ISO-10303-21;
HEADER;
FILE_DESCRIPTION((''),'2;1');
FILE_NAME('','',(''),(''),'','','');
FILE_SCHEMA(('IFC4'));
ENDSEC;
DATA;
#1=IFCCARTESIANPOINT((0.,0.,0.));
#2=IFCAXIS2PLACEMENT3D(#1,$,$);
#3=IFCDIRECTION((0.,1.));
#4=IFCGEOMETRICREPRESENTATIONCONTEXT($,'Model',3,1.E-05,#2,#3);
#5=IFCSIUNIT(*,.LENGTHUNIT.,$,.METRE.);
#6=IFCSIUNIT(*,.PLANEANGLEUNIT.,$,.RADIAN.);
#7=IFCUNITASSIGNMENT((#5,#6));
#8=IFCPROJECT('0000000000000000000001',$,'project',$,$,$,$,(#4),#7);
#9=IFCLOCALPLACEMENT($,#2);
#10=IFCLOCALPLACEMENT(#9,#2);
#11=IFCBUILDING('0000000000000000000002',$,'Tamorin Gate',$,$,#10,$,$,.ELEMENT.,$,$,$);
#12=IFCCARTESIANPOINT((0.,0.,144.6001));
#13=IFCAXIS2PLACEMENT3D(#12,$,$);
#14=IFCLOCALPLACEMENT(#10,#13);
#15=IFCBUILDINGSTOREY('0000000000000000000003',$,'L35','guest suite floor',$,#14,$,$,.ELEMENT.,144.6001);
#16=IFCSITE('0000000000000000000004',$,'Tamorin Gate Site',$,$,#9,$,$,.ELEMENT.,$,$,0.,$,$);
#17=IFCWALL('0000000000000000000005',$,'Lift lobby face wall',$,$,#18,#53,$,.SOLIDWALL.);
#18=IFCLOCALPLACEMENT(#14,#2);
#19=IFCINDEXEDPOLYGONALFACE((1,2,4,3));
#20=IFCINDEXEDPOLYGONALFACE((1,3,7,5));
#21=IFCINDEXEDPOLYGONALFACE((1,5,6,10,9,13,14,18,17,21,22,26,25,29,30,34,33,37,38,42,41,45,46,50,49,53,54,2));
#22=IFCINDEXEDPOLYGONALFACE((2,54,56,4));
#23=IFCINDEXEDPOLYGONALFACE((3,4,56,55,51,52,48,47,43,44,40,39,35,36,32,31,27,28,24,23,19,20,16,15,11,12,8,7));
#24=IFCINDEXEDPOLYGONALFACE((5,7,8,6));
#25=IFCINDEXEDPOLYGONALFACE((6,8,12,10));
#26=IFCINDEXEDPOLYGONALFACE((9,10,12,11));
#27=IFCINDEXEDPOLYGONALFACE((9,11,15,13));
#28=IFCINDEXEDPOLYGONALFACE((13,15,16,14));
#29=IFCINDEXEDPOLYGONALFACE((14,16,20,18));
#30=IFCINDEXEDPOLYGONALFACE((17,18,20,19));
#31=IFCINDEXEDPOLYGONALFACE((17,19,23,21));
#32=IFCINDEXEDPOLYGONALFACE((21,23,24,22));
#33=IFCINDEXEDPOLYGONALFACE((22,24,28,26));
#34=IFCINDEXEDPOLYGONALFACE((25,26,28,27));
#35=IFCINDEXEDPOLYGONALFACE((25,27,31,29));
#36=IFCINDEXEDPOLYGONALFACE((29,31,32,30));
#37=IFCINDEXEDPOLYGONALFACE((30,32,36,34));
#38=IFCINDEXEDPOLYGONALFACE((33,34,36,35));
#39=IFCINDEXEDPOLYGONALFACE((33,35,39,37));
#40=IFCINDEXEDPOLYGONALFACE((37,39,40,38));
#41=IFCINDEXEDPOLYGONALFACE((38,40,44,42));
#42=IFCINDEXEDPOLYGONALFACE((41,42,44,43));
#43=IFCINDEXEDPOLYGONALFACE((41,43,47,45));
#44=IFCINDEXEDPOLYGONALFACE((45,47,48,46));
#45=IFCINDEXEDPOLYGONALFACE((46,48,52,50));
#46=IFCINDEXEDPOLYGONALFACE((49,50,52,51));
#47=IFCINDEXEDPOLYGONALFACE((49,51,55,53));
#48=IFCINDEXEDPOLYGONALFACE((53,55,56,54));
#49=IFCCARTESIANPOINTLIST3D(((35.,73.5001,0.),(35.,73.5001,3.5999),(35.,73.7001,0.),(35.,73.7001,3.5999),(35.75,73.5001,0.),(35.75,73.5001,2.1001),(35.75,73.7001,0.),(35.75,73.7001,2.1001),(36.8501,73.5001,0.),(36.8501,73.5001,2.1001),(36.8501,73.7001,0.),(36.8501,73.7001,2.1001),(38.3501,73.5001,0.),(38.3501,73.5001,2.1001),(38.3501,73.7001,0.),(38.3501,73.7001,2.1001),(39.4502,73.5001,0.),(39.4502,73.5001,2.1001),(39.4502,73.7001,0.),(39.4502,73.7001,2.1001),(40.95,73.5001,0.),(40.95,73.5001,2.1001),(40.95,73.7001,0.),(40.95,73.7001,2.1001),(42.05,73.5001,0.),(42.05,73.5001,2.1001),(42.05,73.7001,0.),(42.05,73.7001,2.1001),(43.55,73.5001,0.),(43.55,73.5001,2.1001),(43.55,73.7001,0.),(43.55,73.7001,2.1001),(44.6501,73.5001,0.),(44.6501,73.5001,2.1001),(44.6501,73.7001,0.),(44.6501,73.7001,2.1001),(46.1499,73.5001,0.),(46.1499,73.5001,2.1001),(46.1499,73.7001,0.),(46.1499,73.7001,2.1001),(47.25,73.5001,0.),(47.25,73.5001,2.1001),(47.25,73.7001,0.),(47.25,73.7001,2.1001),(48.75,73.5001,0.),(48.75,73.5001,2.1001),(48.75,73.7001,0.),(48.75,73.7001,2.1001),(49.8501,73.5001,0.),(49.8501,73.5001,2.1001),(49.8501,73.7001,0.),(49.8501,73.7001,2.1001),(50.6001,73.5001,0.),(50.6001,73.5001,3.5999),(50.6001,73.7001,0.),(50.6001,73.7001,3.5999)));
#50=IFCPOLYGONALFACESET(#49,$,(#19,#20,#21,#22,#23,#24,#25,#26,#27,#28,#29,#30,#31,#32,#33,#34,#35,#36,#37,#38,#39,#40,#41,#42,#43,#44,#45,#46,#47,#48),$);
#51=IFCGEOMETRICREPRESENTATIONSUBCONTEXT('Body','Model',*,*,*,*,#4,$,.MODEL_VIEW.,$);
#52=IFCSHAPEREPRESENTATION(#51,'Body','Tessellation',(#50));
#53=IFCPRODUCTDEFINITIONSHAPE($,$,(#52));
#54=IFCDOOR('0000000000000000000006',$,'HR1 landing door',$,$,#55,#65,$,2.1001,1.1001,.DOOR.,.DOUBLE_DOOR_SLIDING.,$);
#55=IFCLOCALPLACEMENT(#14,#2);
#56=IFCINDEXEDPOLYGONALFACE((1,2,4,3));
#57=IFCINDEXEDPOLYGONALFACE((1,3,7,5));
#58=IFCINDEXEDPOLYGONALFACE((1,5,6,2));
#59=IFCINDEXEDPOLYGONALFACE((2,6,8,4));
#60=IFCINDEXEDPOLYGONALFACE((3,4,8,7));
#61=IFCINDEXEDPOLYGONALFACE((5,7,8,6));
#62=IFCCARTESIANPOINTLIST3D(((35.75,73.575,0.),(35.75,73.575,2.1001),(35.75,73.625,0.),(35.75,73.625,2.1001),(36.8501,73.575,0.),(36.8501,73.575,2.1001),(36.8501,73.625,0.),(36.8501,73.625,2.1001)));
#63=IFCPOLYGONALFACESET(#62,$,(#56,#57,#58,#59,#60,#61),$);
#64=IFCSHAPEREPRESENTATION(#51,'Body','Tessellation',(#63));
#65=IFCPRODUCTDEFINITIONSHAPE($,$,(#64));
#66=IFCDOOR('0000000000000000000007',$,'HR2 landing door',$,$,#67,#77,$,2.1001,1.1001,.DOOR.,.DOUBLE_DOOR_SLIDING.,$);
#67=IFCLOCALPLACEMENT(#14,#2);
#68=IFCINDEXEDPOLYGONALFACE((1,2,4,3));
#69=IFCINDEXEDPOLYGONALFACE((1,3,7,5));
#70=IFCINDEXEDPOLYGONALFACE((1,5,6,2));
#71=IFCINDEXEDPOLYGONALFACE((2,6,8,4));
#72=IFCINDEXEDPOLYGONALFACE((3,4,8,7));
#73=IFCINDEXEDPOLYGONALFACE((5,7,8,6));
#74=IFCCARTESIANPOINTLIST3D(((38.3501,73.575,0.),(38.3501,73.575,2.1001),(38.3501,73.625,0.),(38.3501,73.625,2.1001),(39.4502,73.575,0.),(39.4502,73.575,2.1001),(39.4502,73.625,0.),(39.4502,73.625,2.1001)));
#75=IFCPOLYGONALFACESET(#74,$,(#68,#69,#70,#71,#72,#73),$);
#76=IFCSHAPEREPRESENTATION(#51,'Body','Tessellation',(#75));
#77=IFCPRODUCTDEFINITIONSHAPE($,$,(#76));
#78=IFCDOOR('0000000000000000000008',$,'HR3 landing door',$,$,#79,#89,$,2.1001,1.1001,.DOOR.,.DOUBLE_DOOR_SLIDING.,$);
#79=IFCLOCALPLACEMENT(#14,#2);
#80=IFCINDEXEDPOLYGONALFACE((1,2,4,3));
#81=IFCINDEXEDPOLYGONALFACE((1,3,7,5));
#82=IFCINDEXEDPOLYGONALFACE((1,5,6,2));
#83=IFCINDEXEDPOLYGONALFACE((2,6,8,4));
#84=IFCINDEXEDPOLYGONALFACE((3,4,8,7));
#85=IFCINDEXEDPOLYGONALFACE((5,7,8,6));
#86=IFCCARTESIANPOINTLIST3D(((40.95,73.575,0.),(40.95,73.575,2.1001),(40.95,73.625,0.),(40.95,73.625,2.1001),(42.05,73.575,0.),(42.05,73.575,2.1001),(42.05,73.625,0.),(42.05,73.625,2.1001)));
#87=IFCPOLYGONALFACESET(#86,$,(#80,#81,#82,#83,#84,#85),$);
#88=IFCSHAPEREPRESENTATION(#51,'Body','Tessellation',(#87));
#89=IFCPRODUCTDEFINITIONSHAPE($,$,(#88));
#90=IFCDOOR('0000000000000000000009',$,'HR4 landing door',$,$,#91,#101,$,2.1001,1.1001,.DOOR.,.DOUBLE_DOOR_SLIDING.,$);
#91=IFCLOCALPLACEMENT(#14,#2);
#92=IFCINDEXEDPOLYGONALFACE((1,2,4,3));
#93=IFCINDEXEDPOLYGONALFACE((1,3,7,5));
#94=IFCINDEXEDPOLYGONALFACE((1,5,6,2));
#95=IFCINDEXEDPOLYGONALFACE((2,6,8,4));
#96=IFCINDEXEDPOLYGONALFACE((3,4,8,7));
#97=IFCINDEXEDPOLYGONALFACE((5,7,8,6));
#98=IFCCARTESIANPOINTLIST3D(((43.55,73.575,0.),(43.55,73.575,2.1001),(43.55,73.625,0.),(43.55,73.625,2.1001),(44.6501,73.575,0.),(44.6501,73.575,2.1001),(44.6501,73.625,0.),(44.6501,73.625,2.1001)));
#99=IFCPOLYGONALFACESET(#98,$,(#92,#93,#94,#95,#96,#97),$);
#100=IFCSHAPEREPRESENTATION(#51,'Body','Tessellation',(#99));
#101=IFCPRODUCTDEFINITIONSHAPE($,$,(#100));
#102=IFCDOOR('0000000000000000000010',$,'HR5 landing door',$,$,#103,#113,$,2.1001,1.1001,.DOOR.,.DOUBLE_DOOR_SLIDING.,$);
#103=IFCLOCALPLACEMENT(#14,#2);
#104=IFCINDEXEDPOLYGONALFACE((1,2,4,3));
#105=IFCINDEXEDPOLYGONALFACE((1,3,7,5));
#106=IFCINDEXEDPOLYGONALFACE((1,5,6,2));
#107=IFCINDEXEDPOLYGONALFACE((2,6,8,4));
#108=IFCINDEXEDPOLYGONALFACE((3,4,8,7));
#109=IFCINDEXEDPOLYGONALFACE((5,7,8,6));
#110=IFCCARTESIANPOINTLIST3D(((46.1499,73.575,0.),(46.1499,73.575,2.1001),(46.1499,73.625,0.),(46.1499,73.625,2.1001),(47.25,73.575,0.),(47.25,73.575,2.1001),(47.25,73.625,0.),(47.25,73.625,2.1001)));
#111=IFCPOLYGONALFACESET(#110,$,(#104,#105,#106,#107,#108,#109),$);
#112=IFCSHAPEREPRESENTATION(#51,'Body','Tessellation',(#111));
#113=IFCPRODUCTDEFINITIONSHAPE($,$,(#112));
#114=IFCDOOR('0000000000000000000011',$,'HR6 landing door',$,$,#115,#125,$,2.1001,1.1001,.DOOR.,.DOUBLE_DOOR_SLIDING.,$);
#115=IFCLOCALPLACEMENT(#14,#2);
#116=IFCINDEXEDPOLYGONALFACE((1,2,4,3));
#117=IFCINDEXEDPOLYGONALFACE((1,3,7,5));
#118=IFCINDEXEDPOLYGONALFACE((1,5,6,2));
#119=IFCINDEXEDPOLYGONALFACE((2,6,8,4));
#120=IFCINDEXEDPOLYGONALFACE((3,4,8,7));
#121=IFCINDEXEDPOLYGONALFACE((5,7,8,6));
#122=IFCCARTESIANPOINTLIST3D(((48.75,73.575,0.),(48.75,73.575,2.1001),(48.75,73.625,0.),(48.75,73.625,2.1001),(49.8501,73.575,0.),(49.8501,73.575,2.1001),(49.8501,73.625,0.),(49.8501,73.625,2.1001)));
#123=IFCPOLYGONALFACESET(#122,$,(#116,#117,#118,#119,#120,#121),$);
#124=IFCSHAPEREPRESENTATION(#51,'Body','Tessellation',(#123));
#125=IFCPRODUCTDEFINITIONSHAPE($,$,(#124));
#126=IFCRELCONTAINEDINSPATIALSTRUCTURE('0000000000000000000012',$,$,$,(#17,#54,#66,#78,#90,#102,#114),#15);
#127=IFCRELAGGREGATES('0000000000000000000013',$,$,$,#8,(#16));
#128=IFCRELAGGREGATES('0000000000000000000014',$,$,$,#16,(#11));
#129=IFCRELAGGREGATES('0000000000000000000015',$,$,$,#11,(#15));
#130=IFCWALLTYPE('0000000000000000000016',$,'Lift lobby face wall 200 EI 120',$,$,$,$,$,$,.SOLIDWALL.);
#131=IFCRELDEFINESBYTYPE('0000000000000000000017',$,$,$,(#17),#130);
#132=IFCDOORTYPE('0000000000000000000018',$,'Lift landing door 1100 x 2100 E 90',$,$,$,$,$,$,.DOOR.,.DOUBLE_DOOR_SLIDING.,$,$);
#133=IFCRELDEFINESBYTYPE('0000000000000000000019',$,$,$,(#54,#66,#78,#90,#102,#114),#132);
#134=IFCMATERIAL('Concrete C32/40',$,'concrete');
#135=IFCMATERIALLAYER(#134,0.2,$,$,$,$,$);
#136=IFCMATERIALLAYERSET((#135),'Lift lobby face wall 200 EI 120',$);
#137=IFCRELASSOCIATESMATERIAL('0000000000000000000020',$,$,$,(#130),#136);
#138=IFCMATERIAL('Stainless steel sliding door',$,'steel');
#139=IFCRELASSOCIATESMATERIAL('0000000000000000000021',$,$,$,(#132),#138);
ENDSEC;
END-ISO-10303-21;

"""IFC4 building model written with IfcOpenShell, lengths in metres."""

from ifc_helpers import new_model, si_unit, direction, frame, frame_2d, origin, place, context, subcontext, project, spatial, rectangle, extrude, material, layer, layer_set, type_object, element, fill, save


model = new_model("IFC4")

# Units and contexts
model_context = context("Model", 3, precision=1e-05, world=origin(), true_north=direction((0.0, 1.0)))
body_context = subcontext(model_context, "Body", "Model", "MODEL_VIEW")
ifc_project = project(units=[si_unit("LENGTHUNIT", "METRE"), si_unit("PLANEANGLEUNIT", "RADIAN")], contexts=[model_context])

# Site, building, storey
site_placement = place(None, origin())
site = spatial("IfcSite", under=ifc_project, at=site_placement, Name="Tamorin Gate Site", CompositionType="ELEMENT", RefElevation=0.0)
building_placement = place(site_placement, origin())
building = spatial("IfcBuilding", under=site, at=building_placement, Name="Tamorin Gate", CompositionType="ELEMENT")
storey_placement = place(building_placement, frame((0.0, 0.0, 144.6001)))
storey = spatial("IfcBuildingStorey", under=building, at=storey_placement, Name="L35", Description="guest suite floor", CompositionType="ELEMENT", Elevation=144.6001)

# Wall, openings, doors
ifc_material_1 = material(Name="Concrete C32/40", Category="concrete")
ifc_layer_1 = layer(ifc_material_1, 0.2)
ifc_layer_set_1 = layer_set([ifc_layer_1], Name="Lift lobby face wall 200 EI 120")
wall_type_1 = type_object("IfcWallType", Name="Lift lobby face wall 200 EI 120", PredefinedType="SOLIDWALL", material=ifc_layer_set_1)
wall_1_placement = place(storey_placement, frame((35.0, 73.6001, 0.0), z_axis=(0.0, 0.0, 1.0), x_axis=(1.0, 0.0, 0.0)))
wall_1 = element("IfcWall", 1, at=wall_1_placement, inside=storey, type_object=wall_type_1, Name="Lift lobby face wall", PredefinedType="SOLIDWALL", context=body_context, shape_type="SweptSolid", body=[
    extrude(rectangle(XDim=15.6001, YDim=0.2, at=frame_2d((7.8, 0.0))), origin(), (0.0, 0.0, 1.0), 3.5999),
])
opening_1_placement = place(wall_1_placement, frame((0.75, 0.0, 0.0)))
opening_1 = element("IfcOpeningElement", 2, at=opening_1_placement, cuts=wall_1, PredefinedType="OPENING", context=body_context, shape_type="SweptSolid", body=[
    extrude(rectangle(XDim=1.1001, YDim=2.1001, at=frame_2d((0.55, 1.05))), frame((0.0, 0.1099, 0.0), z_axis=(0.0, -1.0, 0.0), x_axis=(1.0, 0.0, 0.0)), (0.0, 0.0, 1.0), 0.22),
])
opening_2_placement = place(wall_1_placement, frame((3.3501, 0.0, 0.0)))
opening_2 = element("IfcOpeningElement", 3, at=opening_2_placement, cuts=wall_1, PredefinedType="OPENING", context=body_context, shape_type="SweptSolid", body=[
    extrude(rectangle(XDim=1.1001, YDim=2.1001, at=frame_2d((0.55, 1.05))), frame((0.0, 0.1099, 0.0), z_axis=(0.0, -1.0, 0.0), x_axis=(1.0, 0.0, 0.0)), (0.0, 0.0, 1.0), 0.22),
])
opening_3_placement = place(wall_1_placement, frame((5.95, 0.0, 0.0)))
opening_3 = element("IfcOpeningElement", 4, at=opening_3_placement, cuts=wall_1, PredefinedType="OPENING", context=body_context, shape_type="SweptSolid", body=[
    extrude(rectangle(XDim=1.1001, YDim=2.1001, at=frame_2d((0.55, 1.05))), frame((0.0, 0.1099, 0.0), z_axis=(0.0, -1.0, 0.0), x_axis=(1.0, 0.0, 0.0)), (0.0, 0.0, 1.0), 0.22),
])
opening_4_placement = place(wall_1_placement, frame((8.55, 0.0, 0.0)))
opening_4 = element("IfcOpeningElement", 5, at=opening_4_placement, cuts=wall_1, PredefinedType="OPENING", context=body_context, shape_type="SweptSolid", body=[
    extrude(rectangle(XDim=1.1001, YDim=2.1001, at=frame_2d((0.55, 1.05))), frame((0.0, 0.1099, 0.0), z_axis=(0.0, -1.0, 0.0), x_axis=(1.0, 0.0, 0.0)), (0.0, 0.0, 1.0), 0.22),
])
opening_5_placement = place(wall_1_placement, frame((11.1499, 0.0, 0.0)))
opening_5 = element("IfcOpeningElement", 6, at=opening_5_placement, cuts=wall_1, PredefinedType="OPENING", context=body_context, shape_type="SweptSolid", body=[
    extrude(rectangle(XDim=1.1001, YDim=2.1001, at=frame_2d((0.55, 1.05))), frame((0.0, 0.1099, 0.0), z_axis=(0.0, -1.0, 0.0), x_axis=(1.0, 0.0, 0.0)), (0.0, 0.0, 1.0), 0.22),
])
opening_6_placement = place(wall_1_placement, frame((13.75, 0.0, 0.0)))
opening_6 = element("IfcOpeningElement", 7, at=opening_6_placement, cuts=wall_1, PredefinedType="OPENING", context=body_context, shape_type="SweptSolid", body=[
    extrude(rectangle(XDim=1.1001, YDim=2.1001, at=frame_2d((0.55, 1.05))), frame((0.0, 0.1099, 0.0), z_axis=(0.0, -1.0, 0.0), x_axis=(1.0, 0.0, 0.0)), (0.0, 0.0, 1.0), 0.22),
])
ifc_material_2 = material(Name="Stainless steel sliding door", Category="steel")
door_type_1 = type_object("IfcDoorType", Name="Lift landing door 1100 x 2100 E 90", OperationType="DOUBLE_DOOR_SLIDING", PredefinedType="DOOR", material=ifc_material_2)
door_1_placement = place(opening_1_placement, origin())
door_1 = element("IfcDoor", 8, at=door_1_placement, inside=storey, type_object=door_type_1, Name="HR1 landing door", OperationType="DOUBLE_DOOR_SLIDING", OverallHeight=2.1001, OverallWidth=1.1001, PredefinedType="DOOR", context=body_context, shape_type="SweptSolid", body=[
    extrude(rectangle(XDim=1.1001, YDim=2.1001, at=frame_2d((0.55, 1.05))), frame((0.0, 0.0249, 0.0), z_axis=(0.0, -1.0, 0.0), x_axis=(1.0, 0.0, 0.0)), (0.0, 0.0, 1.0), 0.05),
])
fill(opening_1, door_1)
door_2_placement = place(opening_2_placement, origin())
door_2 = element("IfcDoor", 9, at=door_2_placement, inside=storey, type_object=door_type_1, Name="HR2 landing door", OperationType="DOUBLE_DOOR_SLIDING", OverallHeight=2.1001, OverallWidth=1.1001, PredefinedType="DOOR", context=body_context, shape_type="SweptSolid", body=[
    extrude(rectangle(XDim=1.1001, YDim=2.1001, at=frame_2d((0.55, 1.05))), frame((0.0, 0.0249, 0.0), z_axis=(0.0, -1.0, 0.0), x_axis=(1.0, 0.0, 0.0)), (0.0, 0.0, 1.0), 0.05),
])
fill(opening_2, door_2)
door_3_placement = place(opening_3_placement, origin())
door_3 = element("IfcDoor", 10, at=door_3_placement, inside=storey, type_object=door_type_1, Name="HR3 landing door", OperationType="DOUBLE_DOOR_SLIDING", OverallHeight=2.1001, OverallWidth=1.1001, PredefinedType="DOOR", context=body_context, shape_type="SweptSolid", body=[
    extrude(rectangle(XDim=1.1001, YDim=2.1001, at=frame_2d((0.55, 1.05))), frame((0.0, 0.0249, 0.0), z_axis=(0.0, -1.0, 0.0), x_axis=(1.0, 0.0, 0.0)), (0.0, 0.0, 1.0), 0.05),
])
fill(opening_3, door_3)
door_4_placement = place(opening_4_placement, origin())
door_4 = element("IfcDoor", 11, at=door_4_placement, inside=storey, type_object=door_type_1, Name="HR4 landing door", OperationType="DOUBLE_DOOR_SLIDING", OverallHeight=2.1001, OverallWidth=1.1001, PredefinedType="DOOR", context=body_context, shape_type="SweptSolid", body=[
    extrude(rectangle(XDim=1.1001, YDim=2.1001, at=frame_2d((0.55, 1.05))), frame((0.0, 0.0249, 0.0), z_axis=(0.0, -1.0, 0.0), x_axis=(1.0, 0.0, 0.0)), (0.0, 0.0, 1.0), 0.05),
])
fill(opening_4, door_4)
door_5_placement = place(opening_5_placement, origin())
door_5 = element("IfcDoor", 12, at=door_5_placement, inside=storey, type_object=door_type_1, Name="HR5 landing door", OperationType="DOUBLE_DOOR_SLIDING", OverallHeight=2.1001, OverallWidth=1.1001, PredefinedType="DOOR", context=body_context, shape_type="SweptSolid", body=[
    extrude(rectangle(XDim=1.1001, YDim=2.1001, at=frame_2d((0.55, 1.05))), frame((0.0, 0.0249, 0.0), z_axis=(0.0, -1.0, 0.0), x_axis=(1.0, 0.0, 0.0)), (0.0, 0.0, 1.0), 0.05),
])
fill(opening_5, door_5)
door_6_placement = place(opening_6_placement, origin())
door_6 = element("IfcDoor", 13, at=door_6_placement, inside=storey, type_object=door_type_1, Name="HR6 landing door", OperationType="DOUBLE_DOOR_SLIDING", OverallHeight=2.1001, OverallWidth=1.1001, PredefinedType="DOOR", context=body_context, shape_type="SweptSolid", body=[
    extrude(rectangle(XDim=1.1001, YDim=2.1001, at=frame_2d((0.55, 1.05))), frame((0.0, 0.0249, 0.0), z_axis=(0.0, -1.0, 0.0), x_axis=(1.0, 0.0, 0.0)), (0.0, 0.0, 1.0), 0.05),
])
fill(opening_6, door_6)

save(model, "model.ifc")
